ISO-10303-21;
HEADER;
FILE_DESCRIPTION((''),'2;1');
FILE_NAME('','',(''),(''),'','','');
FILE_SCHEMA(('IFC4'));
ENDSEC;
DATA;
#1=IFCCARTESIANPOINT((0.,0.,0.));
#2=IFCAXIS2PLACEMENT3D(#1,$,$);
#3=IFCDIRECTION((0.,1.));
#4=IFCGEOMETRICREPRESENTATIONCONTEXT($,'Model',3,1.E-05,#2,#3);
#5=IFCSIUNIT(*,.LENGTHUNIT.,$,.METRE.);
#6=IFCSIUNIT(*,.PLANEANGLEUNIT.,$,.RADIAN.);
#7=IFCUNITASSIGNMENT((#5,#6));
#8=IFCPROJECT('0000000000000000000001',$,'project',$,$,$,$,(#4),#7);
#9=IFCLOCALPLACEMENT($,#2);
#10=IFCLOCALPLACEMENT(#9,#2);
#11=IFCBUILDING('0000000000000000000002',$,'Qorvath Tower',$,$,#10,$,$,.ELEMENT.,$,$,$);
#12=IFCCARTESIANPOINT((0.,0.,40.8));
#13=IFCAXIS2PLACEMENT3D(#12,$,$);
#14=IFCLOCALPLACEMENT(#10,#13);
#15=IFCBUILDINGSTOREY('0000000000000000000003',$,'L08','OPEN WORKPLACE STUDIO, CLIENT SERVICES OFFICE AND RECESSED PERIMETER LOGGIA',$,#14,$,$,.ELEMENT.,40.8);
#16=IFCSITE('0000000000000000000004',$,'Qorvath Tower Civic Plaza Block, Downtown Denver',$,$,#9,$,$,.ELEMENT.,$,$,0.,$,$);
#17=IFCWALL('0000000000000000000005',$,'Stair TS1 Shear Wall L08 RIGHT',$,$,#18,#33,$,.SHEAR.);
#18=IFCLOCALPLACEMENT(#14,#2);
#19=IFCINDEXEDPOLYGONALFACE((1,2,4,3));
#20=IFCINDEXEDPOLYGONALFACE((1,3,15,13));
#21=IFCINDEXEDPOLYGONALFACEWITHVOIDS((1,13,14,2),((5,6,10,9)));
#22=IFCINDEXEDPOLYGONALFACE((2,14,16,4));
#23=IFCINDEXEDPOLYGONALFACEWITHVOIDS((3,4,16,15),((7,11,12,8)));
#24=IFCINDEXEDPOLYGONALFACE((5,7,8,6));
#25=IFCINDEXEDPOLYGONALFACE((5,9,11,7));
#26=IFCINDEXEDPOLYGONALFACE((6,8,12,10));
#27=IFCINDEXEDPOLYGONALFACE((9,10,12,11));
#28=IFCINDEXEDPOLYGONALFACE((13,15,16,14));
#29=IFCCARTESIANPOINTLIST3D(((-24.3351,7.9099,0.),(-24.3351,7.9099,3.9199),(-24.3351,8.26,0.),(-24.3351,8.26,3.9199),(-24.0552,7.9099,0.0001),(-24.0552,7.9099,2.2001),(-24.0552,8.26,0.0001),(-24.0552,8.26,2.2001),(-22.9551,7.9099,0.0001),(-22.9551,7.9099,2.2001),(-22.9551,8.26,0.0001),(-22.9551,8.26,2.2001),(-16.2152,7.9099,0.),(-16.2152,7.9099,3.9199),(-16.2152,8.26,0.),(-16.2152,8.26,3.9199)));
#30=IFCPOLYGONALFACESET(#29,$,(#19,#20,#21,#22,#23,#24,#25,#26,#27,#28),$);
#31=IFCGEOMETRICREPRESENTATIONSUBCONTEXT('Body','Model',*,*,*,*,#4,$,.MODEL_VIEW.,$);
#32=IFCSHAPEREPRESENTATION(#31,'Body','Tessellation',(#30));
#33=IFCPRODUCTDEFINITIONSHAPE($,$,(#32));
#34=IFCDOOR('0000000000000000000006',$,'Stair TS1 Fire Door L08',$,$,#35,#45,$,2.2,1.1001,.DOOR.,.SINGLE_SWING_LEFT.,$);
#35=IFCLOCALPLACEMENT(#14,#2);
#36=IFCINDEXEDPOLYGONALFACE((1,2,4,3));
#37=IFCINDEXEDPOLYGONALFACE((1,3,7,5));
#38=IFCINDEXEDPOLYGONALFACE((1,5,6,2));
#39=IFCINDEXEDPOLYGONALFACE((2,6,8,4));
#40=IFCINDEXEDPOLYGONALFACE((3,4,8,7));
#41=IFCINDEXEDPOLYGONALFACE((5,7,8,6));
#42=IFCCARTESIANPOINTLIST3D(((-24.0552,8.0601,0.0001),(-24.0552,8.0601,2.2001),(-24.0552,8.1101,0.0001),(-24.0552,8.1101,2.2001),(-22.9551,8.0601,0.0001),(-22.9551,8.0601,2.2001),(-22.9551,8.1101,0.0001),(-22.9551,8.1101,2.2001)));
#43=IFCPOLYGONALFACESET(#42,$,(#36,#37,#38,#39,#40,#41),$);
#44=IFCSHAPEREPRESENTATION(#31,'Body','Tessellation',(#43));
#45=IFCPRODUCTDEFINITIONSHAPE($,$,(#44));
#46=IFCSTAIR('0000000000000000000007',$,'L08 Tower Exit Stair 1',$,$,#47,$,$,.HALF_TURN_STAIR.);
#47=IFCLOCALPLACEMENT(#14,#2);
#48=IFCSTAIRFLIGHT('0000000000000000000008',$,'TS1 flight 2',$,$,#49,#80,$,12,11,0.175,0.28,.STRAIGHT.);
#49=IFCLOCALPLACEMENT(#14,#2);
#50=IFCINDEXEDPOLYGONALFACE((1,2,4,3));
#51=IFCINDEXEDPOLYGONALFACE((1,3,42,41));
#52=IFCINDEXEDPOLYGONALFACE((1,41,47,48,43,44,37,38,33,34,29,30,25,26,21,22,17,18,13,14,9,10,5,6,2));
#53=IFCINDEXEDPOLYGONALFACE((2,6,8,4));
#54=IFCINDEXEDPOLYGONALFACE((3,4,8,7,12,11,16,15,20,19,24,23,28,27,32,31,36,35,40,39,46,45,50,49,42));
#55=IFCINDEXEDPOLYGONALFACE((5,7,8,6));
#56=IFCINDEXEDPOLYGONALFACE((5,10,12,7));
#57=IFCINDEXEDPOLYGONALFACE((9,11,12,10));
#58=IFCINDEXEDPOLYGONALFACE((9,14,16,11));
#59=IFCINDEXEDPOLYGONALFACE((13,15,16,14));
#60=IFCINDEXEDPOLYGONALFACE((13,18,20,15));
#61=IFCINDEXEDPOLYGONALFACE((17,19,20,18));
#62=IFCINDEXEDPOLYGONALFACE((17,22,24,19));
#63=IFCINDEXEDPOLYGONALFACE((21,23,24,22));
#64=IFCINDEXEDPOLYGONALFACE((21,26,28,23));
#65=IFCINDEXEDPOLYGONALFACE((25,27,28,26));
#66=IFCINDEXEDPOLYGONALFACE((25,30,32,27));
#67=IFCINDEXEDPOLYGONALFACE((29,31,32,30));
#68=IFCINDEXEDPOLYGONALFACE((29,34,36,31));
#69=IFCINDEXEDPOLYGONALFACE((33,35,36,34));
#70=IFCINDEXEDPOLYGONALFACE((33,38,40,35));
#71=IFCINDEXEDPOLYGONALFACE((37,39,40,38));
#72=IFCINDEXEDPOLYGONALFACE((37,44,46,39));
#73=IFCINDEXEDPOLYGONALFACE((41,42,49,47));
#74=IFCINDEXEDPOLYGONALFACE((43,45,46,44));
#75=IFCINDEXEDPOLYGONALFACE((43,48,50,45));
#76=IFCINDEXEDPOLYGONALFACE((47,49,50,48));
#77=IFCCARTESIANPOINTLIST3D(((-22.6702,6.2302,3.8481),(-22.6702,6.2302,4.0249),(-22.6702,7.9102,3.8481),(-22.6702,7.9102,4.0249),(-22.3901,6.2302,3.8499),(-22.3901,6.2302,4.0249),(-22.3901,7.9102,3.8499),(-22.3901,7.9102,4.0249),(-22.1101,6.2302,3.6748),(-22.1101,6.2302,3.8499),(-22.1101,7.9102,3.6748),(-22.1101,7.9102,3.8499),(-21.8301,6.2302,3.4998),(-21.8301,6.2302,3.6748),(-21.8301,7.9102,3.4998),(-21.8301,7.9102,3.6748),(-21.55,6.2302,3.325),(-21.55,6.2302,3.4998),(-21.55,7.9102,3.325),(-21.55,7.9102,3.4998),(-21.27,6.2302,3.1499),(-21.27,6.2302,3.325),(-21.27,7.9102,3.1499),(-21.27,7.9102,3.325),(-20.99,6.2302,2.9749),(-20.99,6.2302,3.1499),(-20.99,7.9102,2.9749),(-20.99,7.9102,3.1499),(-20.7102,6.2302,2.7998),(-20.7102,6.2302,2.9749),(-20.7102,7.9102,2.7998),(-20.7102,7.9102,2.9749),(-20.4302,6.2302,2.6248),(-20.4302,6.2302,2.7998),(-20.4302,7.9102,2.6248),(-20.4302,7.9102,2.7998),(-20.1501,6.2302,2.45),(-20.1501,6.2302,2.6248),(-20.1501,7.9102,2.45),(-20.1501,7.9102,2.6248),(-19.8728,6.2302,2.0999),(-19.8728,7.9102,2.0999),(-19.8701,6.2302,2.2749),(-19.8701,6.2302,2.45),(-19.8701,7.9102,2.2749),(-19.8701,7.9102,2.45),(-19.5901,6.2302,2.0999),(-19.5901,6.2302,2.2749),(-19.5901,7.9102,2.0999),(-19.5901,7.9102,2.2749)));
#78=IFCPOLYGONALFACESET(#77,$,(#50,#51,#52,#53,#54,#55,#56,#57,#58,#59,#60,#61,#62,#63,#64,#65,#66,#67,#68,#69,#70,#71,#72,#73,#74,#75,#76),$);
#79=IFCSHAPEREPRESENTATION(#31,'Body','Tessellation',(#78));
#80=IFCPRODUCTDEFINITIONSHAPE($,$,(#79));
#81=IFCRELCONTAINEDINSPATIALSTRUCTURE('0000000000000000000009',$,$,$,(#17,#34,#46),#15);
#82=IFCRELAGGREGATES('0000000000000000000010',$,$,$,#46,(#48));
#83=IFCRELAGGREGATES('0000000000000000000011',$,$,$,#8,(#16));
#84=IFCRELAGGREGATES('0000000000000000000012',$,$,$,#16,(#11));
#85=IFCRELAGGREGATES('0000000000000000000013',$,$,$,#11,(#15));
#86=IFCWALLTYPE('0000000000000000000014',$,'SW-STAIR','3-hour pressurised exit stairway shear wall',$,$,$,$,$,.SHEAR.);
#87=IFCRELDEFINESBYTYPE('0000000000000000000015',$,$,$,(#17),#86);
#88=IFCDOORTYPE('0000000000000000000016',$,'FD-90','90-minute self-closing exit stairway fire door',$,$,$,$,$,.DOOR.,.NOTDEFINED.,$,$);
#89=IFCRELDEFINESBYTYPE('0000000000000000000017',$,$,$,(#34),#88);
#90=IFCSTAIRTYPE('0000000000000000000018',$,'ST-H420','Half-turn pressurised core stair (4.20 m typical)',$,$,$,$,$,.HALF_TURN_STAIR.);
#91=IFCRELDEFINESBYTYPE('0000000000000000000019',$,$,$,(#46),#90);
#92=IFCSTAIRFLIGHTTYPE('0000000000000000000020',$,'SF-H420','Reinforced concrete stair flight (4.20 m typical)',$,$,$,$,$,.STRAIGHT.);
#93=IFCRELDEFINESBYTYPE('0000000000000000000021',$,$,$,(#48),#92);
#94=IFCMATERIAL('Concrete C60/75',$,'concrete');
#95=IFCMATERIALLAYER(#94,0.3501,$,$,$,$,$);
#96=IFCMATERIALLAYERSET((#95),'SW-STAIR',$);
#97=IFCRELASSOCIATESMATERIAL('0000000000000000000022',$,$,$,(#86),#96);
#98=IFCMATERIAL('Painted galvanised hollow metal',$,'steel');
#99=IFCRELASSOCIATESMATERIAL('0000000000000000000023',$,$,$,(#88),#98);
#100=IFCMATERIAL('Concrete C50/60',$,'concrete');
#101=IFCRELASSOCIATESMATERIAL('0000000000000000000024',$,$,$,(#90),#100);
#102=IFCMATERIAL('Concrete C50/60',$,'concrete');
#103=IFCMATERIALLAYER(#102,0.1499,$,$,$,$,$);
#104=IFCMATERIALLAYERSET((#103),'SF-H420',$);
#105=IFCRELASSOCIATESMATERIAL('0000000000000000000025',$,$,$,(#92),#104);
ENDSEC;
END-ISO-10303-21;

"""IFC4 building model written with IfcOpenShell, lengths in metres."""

from ifc_helpers import new_model, si_unit, direction, frame, frame_2d, origin, place, context, subcontext, project, spatial, polyline, rectangle, outline, extrude, material, layer, layer_set, type_object, element, fill, aggregate, save


model = new_model("IFC4")

# Units and contexts
model_context = context("Model", 3, precision=1e-05, world=origin(), true_north=direction((0.0, 1.0)))
body_context = subcontext(model_context, "Body", "Model", "MODEL_VIEW")
ifc_project = project(units=[si_unit("LENGTHUNIT", "METRE"), si_unit("PLANEANGLEUNIT", "RADIAN")], contexts=[model_context])

# Site, building, storey
site_placement = place(None, origin())
site = spatial("IfcSite", under=ifc_project, at=site_placement, Name="Qorvath Tower Civic Plaza Block, Downtown Denver", CompositionType="ELEMENT", RefElevation=0.0)
building_placement = place(site_placement, origin())
building = spatial("IfcBuilding", under=site, at=building_placement, Name="Qorvath Tower", CompositionType="ELEMENT")
storey_placement = place(building_placement, frame((0.0, 0.0, 40.8)))
storey = spatial("IfcBuildingStorey", under=building, at=storey_placement, Name="L08", Description="OPEN WORKPLACE STUDIO, CLIENT SERVICES OFFICE AND RECESSED PERIMETER LOGGIA", CompositionType="ELEMENT", Elevation=40.8)

# Wall, opening, door
ifc_material_1 = material(Name="Concrete C60/75", Category="concrete")
ifc_layer_1 = layer(ifc_material_1, 0.3501)
ifc_layer_set_1 = layer_set([ifc_layer_1], Name="SW-STAIR")
wall_type_1 = type_object("IfcWallType", Name="SW-STAIR", Description="3-hour pressurised exit stairway shear wall", PredefinedType="SHEAR", material=ifc_layer_set_1)
wall_1_placement = place(storey_placement, frame((-16.2151, 8.085, 0.0), z_axis=(0.0, 0.0, 1.0), x_axis=(-1.0, 0.0, 0.0)))
wall_1 = element("IfcWall", 1, at=wall_1_placement, inside=storey, type_object=wall_type_1, Name="Stair TS1 Shear Wall L08 RIGHT", PredefinedType="SHEAR", context=body_context, shape_type="SweptSolid", body=[
    extrude(rectangle(XDim=8.1199, YDim=0.3501, at=frame_2d((4.0601, 0.0))), origin(), (0.0, 0.0, 1.0), 3.9199),
])
opening_1_placement = place(wall_1_placement, frame((6.74, 0.0, 0.0)))
opening_1 = element("IfcOpeningElement", 2, at=opening_1_placement, cuts=wall_1, PredefinedType="OPENING", context=body_context, shape_type="SweptSolid", body=[
    extrude(rectangle(XDim=1.1001, YDim=2.2, at=frame_2d((0.55, 1.1001))), frame((0.0, 0.1851, 0.0), z_axis=(0.0, -1.0, 0.0), x_axis=(1.0, 0.0, 0.0)), (0.0, 0.0, 1.0), 0.3701),
])
ifc_material_2 = material(Name="Painted galvanised hollow metal", Category="steel")
door_type_1 = type_object("IfcDoorType", Name="FD-90", Description="90-minute self-closing exit stairway fire door", OperationType="NOTDEFINED", PredefinedType="DOOR", material=ifc_material_2)
door_1_placement = place(opening_1_placement, origin())
door_1 = element("IfcDoor", 3, at=door_1_placement, inside=storey, type_object=door_type_1, Name="Stair TS1 Fire Door L08", OperationType="SINGLE_SWING_LEFT", OverallHeight=2.2, OverallWidth=1.1001, PredefinedType="DOOR", context=body_context, shape_type="SweptSolid", body=[
    extrude(rectangle(XDim=1.1001, YDim=2.2, at=frame_2d((0.55, 1.1001))), frame((0.0, 0.0249, 0.0), z_axis=(0.0, -1.0, 0.0), x_axis=(1.0, 0.0, 0.0)), (0.0, 0.0, 1.0), 0.05),
])
fill(opening_1, door_1)

# Stair, stair flight
ifc_material_3 = material(Name="Concrete C50/60", Category="concrete")
stair_type = type_object("IfcStairType", Name="ST-H420", Description="Half-turn pressurised core stair (4.20 m typical)", PredefinedType="HALF_TURN_STAIR", material=ifc_material_3)
stair_placement = place(storey_placement, origin())
stair = element("IfcStair", 4, at=stair_placement, inside=storey, type_object=stair_type, Name="L08 Tower Exit Stair 1", PredefinedType="HALF_TURN_STAIR")
ifc_material_4 = material(Name="Concrete C50/60", Category="concrete")
ifc_layer_2 = layer(ifc_material_4, 0.1499)
ifc_layer_set_2 = layer_set([ifc_layer_2], Name="SF-H420")
stair_flight_type = type_object("IfcStairFlightType", Name="SF-H420", Description="Reinforced concrete stair flight (4.20 m typical)", PredefinedType="STRAIGHT", material=ifc_layer_set_2)
stair_flight_placement = place(storey_placement, frame((-19.5901, 7.0701, 2.0999), z_axis=(0.0, 0.0, 1.0), x_axis=(-1.0, 0.0, 0.0)))
stair_flight = element("IfcStairFlight", 5, at=stair_flight_placement, type_object=stair_flight_type, Name="TS1 flight 2", NumberOfRisers=12, NumberOfTreads=11, PredefinedType="STRAIGHT", RiserHeight=0.175, TreadLength=0.28, context=body_context, shape_type="SweptSolid", body=[
    extrude(outline(polyline([(0.0, 0.0), (0.0, 0.175), (0.28, 0.175), (0.28, 0.3501), (0.5601, 0.3501), (0.5601, 0.5249), (0.8401, 0.5249), (0.8401, 0.7), (1.1201, 0.7), (1.1201, 0.875), (1.3999, 0.875), (1.3999, 1.05), (1.6799, 1.05), (1.6799, 1.2251), (1.96, 1.2251), (1.96, 1.3999), (2.24, 1.3999), (2.24, 1.575), (2.52, 1.575), (2.52, 1.75), (2.8, 1.75), (2.8, 1.925), (3.0801, 1.925), (3.0801, 2.1001), (3.0801, 1.7483), (0.2827, 0.0), (0.0, 0.0)])), frame((0.0, 0.8398, 0.0), z_axis=(0.0, -1.0, 0.0), x_axis=(1.0, 0.0, 0.0)), (0.0, 0.0, 1.0), 1.6799),
])
aggregate(stair, [stair_flight])

save(model, "model.ifc")
